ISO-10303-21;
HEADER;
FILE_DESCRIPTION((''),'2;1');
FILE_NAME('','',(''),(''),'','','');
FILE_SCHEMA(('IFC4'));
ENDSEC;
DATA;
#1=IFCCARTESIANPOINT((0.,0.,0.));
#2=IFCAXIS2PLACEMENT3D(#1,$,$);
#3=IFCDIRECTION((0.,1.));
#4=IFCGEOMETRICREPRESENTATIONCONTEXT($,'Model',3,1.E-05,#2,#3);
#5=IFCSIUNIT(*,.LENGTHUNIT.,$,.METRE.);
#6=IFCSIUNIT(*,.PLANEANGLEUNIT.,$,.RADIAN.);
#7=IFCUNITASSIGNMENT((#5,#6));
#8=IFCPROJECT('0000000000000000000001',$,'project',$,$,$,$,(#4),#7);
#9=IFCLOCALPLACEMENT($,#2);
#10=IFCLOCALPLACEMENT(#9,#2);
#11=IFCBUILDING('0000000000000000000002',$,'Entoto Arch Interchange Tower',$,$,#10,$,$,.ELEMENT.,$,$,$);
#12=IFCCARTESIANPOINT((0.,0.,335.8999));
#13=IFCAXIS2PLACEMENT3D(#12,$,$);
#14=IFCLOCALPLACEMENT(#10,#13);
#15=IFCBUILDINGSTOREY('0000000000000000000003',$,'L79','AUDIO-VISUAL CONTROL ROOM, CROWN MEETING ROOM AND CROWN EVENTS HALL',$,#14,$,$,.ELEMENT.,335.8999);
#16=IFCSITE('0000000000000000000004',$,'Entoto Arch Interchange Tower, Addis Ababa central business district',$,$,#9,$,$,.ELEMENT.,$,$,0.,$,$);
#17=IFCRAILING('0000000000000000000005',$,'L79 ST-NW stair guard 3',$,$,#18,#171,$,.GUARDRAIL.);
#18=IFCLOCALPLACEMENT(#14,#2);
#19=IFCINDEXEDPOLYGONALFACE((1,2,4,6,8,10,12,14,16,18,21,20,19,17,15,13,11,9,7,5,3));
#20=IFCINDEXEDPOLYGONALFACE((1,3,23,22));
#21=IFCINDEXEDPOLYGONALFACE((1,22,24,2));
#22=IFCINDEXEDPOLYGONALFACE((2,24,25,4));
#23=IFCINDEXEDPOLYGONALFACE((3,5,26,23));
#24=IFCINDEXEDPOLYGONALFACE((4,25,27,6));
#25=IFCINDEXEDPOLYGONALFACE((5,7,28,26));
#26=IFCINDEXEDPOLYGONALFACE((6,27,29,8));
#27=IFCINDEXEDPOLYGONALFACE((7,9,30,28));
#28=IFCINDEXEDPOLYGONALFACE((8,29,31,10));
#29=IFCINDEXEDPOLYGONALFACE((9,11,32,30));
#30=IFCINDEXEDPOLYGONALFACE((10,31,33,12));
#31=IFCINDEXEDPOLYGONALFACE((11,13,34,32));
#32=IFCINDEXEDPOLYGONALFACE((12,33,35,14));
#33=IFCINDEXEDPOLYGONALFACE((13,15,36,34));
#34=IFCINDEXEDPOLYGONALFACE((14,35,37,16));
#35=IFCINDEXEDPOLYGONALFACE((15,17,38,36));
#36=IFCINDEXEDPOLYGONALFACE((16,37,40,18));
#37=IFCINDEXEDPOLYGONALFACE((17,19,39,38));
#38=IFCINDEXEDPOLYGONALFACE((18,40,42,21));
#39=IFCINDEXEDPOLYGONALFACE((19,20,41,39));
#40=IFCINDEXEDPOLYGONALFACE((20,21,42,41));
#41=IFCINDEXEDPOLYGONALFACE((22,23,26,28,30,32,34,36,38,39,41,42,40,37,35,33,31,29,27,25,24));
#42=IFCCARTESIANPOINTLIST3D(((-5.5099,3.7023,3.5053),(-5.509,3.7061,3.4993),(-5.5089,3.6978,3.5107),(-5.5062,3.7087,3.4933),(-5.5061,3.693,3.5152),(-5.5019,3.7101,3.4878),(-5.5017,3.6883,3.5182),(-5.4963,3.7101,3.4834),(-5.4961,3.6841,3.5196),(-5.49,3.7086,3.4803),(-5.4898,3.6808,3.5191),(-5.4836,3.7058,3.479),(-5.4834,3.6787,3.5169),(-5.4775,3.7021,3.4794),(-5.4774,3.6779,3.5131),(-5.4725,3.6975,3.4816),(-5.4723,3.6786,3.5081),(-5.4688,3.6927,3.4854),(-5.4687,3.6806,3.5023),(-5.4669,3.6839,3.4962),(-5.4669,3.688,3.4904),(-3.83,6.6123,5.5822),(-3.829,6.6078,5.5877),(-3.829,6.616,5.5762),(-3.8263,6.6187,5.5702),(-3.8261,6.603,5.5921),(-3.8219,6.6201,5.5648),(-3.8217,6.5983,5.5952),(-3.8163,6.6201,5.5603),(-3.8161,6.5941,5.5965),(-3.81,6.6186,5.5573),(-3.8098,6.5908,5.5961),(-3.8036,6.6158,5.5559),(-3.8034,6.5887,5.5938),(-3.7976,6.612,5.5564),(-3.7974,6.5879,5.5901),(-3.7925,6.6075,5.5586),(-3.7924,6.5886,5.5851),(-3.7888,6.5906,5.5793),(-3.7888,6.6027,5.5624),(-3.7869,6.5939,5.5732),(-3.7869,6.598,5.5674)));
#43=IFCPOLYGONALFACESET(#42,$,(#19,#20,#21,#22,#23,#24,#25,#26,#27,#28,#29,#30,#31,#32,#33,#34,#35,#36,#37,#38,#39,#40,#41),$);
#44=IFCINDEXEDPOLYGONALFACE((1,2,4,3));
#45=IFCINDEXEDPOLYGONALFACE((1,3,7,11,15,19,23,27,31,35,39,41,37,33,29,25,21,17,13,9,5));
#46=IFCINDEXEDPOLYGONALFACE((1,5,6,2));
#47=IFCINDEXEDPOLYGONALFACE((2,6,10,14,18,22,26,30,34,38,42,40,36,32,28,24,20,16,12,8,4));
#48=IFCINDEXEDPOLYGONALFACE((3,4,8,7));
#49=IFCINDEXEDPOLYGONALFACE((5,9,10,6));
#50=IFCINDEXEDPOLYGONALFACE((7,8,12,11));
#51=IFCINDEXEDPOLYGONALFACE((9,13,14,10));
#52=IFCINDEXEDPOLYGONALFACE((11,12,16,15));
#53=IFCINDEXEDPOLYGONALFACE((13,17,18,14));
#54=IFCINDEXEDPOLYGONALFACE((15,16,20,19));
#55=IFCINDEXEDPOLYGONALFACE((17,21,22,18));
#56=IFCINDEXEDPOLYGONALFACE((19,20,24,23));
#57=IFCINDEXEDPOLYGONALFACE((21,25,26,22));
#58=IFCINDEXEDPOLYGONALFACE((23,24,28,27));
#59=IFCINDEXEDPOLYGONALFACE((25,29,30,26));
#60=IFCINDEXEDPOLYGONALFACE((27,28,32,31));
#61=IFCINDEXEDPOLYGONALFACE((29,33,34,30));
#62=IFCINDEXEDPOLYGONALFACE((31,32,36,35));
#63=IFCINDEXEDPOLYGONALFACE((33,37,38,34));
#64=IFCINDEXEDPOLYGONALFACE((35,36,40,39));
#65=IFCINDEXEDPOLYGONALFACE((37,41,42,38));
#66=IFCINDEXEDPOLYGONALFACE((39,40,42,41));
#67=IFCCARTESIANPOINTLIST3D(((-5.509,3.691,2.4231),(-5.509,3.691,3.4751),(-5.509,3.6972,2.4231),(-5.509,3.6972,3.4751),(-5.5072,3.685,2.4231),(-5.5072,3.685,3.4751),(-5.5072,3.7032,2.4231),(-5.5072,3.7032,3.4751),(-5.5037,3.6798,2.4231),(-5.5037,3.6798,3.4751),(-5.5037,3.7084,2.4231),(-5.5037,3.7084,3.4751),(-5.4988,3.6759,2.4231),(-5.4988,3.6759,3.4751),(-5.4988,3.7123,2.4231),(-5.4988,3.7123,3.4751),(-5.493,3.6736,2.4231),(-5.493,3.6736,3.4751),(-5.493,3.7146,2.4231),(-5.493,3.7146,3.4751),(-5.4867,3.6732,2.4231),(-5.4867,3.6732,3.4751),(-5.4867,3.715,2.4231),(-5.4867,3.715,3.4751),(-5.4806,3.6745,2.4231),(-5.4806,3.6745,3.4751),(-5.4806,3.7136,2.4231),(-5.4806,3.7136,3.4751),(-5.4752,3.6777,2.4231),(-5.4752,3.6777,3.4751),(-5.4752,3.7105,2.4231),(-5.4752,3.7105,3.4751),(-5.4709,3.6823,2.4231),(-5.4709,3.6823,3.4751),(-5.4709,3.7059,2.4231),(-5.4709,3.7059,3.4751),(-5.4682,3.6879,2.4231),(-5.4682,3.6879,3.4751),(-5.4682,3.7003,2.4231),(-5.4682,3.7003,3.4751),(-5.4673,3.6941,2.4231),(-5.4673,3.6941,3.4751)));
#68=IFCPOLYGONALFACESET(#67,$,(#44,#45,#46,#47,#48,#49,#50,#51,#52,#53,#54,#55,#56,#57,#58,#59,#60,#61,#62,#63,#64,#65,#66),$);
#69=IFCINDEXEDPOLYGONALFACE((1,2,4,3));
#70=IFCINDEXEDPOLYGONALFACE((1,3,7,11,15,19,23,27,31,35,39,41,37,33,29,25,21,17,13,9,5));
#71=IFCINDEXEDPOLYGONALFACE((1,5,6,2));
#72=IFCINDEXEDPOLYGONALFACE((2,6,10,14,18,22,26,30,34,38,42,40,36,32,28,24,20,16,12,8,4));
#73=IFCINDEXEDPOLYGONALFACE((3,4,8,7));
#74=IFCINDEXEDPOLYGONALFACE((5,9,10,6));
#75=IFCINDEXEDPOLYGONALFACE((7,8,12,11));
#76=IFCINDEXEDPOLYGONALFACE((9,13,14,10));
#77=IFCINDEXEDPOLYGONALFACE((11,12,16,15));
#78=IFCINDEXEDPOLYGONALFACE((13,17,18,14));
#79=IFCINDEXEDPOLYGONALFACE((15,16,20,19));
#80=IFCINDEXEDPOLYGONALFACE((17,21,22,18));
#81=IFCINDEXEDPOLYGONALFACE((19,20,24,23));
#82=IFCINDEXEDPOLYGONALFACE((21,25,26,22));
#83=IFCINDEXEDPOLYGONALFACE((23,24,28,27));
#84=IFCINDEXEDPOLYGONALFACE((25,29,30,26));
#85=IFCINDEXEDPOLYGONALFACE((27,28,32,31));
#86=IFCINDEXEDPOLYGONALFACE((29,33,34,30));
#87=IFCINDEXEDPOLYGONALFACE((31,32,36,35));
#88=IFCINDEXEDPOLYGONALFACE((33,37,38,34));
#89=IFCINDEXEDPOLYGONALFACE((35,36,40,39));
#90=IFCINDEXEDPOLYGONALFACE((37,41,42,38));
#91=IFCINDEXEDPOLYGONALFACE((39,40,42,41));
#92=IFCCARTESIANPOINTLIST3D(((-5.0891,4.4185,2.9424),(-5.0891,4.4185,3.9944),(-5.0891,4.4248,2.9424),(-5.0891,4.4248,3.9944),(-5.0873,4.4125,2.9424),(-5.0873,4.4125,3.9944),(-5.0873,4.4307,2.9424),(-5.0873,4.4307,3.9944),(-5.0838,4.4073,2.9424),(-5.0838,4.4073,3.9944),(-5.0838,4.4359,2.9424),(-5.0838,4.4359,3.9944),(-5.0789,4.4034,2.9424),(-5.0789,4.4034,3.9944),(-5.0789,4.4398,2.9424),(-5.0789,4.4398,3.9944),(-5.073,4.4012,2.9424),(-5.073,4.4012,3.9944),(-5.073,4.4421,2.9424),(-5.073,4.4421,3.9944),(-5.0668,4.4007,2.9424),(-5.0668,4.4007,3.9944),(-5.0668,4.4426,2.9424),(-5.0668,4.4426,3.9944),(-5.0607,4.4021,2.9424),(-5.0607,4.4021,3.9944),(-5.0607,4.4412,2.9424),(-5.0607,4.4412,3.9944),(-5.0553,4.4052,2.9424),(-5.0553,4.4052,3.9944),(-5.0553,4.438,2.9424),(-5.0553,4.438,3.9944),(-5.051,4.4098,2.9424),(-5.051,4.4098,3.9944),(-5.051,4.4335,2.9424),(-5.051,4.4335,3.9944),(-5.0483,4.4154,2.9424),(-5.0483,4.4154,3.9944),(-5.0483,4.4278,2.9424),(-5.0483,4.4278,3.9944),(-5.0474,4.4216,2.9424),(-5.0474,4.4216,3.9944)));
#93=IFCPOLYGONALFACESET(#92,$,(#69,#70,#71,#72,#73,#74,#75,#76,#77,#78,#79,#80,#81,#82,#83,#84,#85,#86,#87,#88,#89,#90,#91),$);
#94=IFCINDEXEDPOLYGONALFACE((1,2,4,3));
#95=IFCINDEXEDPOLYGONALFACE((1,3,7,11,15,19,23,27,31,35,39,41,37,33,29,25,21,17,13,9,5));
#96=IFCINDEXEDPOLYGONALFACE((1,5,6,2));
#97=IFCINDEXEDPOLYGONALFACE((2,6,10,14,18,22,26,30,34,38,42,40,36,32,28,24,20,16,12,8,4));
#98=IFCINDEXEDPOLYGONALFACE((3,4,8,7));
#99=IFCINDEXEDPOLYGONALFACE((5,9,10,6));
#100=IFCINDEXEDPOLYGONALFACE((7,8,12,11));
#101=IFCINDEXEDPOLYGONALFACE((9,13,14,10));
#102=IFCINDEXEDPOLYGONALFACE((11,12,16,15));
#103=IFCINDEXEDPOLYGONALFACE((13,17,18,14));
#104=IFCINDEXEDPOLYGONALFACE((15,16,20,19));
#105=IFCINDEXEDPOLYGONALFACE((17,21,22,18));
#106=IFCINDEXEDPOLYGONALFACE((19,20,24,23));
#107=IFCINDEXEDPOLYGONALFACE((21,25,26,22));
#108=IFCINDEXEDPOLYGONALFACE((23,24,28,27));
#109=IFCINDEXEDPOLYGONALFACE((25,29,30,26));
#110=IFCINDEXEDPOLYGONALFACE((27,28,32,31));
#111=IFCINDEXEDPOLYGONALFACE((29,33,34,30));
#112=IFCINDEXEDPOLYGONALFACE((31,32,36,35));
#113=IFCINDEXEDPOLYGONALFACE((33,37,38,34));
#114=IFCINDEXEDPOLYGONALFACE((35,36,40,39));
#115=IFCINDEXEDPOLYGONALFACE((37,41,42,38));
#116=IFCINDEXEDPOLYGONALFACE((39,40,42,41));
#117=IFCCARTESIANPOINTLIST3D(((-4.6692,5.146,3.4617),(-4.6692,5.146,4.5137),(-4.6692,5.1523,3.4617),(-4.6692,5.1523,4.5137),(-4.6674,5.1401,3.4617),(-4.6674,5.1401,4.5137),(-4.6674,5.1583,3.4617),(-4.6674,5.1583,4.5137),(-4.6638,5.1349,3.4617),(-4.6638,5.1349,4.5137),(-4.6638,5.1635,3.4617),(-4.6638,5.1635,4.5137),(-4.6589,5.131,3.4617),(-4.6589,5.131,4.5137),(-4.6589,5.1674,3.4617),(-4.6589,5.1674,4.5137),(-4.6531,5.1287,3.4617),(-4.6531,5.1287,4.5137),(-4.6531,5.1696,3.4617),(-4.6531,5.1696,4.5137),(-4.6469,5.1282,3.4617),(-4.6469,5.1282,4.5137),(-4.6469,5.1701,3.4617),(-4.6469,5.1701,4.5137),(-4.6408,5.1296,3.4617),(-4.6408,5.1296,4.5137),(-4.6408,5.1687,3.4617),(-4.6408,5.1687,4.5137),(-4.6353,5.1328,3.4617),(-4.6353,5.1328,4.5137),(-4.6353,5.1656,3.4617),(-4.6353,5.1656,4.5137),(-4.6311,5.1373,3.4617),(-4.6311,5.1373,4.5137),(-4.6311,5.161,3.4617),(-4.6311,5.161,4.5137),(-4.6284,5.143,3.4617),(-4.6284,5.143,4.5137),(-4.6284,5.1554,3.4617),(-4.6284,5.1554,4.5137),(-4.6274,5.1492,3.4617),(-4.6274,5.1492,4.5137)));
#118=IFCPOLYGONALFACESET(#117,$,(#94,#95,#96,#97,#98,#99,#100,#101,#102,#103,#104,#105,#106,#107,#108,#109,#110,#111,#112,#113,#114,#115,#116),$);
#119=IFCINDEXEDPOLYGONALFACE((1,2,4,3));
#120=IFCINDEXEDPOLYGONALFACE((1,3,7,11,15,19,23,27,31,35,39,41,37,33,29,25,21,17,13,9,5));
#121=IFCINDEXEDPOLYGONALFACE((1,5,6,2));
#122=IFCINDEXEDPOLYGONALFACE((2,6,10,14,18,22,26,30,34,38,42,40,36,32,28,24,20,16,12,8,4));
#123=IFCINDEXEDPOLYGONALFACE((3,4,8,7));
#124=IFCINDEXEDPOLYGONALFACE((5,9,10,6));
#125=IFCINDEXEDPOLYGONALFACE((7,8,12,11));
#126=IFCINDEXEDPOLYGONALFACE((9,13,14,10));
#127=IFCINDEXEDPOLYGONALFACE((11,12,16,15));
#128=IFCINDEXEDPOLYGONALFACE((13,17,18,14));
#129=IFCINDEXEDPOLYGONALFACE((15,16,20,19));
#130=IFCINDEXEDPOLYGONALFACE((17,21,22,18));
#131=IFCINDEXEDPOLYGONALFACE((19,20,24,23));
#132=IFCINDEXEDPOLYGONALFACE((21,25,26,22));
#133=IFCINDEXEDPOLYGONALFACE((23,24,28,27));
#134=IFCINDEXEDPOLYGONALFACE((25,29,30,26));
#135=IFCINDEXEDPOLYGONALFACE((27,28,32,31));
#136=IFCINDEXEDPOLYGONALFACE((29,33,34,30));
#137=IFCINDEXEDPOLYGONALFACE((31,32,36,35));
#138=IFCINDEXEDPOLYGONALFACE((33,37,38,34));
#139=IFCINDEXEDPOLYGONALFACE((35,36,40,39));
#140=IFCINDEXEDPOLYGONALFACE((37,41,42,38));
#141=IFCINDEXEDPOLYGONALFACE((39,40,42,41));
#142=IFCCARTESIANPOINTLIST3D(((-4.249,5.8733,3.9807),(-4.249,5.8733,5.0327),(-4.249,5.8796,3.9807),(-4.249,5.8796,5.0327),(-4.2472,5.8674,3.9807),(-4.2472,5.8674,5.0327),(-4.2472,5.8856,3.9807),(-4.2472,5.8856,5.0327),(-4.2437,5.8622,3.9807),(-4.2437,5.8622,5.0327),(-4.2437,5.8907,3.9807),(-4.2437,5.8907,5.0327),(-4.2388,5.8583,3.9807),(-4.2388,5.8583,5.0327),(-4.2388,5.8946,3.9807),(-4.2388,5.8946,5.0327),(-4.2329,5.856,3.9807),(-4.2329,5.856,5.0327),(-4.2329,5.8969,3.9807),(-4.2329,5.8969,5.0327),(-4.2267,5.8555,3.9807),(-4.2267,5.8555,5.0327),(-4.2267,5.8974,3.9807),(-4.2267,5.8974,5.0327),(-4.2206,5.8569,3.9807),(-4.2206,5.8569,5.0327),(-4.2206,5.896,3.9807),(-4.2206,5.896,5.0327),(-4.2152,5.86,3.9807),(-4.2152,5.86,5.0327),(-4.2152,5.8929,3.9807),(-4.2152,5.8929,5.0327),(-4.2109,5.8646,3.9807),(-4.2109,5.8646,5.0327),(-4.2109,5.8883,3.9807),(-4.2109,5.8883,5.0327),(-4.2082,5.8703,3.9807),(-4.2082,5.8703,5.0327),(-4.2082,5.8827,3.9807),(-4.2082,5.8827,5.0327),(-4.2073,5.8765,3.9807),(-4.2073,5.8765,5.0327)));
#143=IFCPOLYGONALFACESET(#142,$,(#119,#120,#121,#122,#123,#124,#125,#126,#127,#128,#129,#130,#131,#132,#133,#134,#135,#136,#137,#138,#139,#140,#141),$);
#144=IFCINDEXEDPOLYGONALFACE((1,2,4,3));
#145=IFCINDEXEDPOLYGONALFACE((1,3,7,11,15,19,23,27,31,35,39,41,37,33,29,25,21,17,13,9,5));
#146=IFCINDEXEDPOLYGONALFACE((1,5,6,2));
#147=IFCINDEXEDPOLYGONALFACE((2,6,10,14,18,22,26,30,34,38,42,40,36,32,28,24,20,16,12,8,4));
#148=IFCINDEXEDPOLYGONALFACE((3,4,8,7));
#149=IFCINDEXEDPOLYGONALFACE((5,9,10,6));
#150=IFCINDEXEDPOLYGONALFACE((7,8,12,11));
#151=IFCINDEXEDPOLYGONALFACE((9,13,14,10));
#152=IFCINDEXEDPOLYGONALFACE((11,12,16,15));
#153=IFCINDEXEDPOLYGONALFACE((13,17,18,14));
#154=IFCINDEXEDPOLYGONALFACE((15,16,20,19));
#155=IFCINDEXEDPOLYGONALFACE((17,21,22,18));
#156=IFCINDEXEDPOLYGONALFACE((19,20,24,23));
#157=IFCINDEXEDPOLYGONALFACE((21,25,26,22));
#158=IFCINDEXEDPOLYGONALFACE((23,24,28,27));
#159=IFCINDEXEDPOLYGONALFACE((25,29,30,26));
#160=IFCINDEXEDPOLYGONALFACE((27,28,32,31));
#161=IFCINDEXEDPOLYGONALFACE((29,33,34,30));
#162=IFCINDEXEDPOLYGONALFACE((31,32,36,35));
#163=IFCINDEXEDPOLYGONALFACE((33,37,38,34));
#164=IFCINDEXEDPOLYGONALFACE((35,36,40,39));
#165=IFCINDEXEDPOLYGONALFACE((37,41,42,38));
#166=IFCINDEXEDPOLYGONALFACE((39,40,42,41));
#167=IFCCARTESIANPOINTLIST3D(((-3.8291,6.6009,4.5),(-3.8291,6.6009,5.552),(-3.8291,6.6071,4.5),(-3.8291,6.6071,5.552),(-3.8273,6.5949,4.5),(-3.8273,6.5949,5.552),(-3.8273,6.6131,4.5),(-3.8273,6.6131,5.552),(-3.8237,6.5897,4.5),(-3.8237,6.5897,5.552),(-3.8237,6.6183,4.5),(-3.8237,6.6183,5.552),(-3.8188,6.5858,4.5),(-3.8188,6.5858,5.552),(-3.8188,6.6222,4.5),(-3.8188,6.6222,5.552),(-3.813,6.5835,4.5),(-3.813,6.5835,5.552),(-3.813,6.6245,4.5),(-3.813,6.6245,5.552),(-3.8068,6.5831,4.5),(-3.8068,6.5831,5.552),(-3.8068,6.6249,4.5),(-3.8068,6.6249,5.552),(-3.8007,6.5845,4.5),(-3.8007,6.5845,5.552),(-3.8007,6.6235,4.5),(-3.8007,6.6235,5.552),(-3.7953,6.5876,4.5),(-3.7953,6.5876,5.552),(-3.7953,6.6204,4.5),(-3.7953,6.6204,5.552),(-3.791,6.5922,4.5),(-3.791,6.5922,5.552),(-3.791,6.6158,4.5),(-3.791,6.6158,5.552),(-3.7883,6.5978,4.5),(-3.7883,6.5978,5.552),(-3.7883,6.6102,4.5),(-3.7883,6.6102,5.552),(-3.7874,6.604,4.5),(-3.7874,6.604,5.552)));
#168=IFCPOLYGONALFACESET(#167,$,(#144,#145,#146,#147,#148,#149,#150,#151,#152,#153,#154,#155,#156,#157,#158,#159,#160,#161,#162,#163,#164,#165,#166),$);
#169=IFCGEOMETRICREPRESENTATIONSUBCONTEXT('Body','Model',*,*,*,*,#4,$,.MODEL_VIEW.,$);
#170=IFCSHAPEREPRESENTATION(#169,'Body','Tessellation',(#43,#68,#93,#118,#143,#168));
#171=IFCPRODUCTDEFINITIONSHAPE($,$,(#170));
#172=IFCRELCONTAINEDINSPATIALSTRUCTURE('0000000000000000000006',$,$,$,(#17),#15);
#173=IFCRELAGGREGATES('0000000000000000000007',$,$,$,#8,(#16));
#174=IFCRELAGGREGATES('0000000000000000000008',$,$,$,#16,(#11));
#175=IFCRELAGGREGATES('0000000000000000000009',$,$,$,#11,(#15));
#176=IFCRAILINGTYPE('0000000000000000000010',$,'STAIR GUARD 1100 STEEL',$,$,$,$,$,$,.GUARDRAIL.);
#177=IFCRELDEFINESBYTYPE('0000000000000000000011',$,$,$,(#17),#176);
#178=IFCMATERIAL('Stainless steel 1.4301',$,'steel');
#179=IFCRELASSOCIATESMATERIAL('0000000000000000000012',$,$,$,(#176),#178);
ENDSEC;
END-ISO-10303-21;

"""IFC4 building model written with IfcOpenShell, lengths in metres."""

from ifc_helpers import new_model, si_unit, direction, frame, origin, origin_2d, place, context, subcontext, project, spatial, circle, extrude, material, type_object, element, save


model = new_model("IFC4")

# Units and contexts
model_context = context("Model", 3, precision=1e-05, world=origin(), true_north=direction((0.0, 1.0)))
body_context = subcontext(model_context, "Body", "Model", "MODEL_VIEW")
ifc_project = project(units=[si_unit("LENGTHUNIT", "METRE"), si_unit("PLANEANGLEUNIT", "RADIAN")], contexts=[model_context])

# Site, building, storey
site_placement = place(None, origin())
site = spatial("IfcSite", under=ifc_project, at=site_placement, Name="Entoto Arch Interchange Tower, Addis Ababa central business district", CompositionType="ELEMENT", RefElevation=0.0)
building_placement = place(site_placement, origin())
building = spatial("IfcBuilding", under=site, at=building_placement, Name="Entoto Arch Interchange Tower", CompositionType="ELEMENT")
storey_placement = place(building_placement, frame((0.0, 0.0, 335.8999)))
storey = spatial("IfcBuildingStorey", under=building, at=storey_placement, Name="L79", Description="AUDIO-VISUAL CONTROL ROOM, CROWN MEETING ROOM AND CROWN EVENTS HALL", CompositionType="ELEMENT", Elevation=335.8999)

# Railing
ifc_material_1 = material(Name="Stainless steel 1.4301", Category="steel")
railing_type_1 = type_object("IfcRailingType", Name="STAIR GUARD 1100 STEEL", PredefinedType="GUARDRAIL", material=ifc_material_1)
railing_1_placement = place(storey_placement, frame((-5.4883, 3.6941, 2.4231)))
element("IfcRailing", 1, at=railing_1_placement, inside=storey, type_object=railing_type_1, Name="L79 ST-NW stair guard 3", PredefinedType="GUARDRAIL", context=body_context, shape_type="SweptSolid", body=[
    extrude(circle(Radius=0.0239, at=origin_2d()), frame((0.0, 0.0, 1.0762), z_axis=(0.425288, 0.736668, 0.525785), x_axis=(-0.866039, 0.499976, 0.0)), (0.0, 0.0, 1.0), 3.9502),
    extrude(circle(Radius=0.021, at=origin_2d()), origin(), (0.0, 0.0, 1.0), 1.052),
    extrude(circle(Radius=0.021, at=origin_2d()), frame((0.4199, 0.7275, 0.5193)), (0.0, 0.0, 1.0), 1.052),
    extrude(circle(Radius=0.021, at=origin_2d()), frame((0.8398, 1.4551, 1.0386)), (0.0, 0.0, 1.0), 1.052),
    extrude(circle(Radius=0.021, at=origin_2d()), frame((1.26, 2.1824, 1.5576)), (0.0, 0.0, 1.0), 1.052),
    extrude(circle(Radius=0.021, at=origin_2d()), frame((1.6799, 2.9099, 2.0769)), (0.0, 0.0, 1.0), 1.052),
])

save(model, "model.ifc")
